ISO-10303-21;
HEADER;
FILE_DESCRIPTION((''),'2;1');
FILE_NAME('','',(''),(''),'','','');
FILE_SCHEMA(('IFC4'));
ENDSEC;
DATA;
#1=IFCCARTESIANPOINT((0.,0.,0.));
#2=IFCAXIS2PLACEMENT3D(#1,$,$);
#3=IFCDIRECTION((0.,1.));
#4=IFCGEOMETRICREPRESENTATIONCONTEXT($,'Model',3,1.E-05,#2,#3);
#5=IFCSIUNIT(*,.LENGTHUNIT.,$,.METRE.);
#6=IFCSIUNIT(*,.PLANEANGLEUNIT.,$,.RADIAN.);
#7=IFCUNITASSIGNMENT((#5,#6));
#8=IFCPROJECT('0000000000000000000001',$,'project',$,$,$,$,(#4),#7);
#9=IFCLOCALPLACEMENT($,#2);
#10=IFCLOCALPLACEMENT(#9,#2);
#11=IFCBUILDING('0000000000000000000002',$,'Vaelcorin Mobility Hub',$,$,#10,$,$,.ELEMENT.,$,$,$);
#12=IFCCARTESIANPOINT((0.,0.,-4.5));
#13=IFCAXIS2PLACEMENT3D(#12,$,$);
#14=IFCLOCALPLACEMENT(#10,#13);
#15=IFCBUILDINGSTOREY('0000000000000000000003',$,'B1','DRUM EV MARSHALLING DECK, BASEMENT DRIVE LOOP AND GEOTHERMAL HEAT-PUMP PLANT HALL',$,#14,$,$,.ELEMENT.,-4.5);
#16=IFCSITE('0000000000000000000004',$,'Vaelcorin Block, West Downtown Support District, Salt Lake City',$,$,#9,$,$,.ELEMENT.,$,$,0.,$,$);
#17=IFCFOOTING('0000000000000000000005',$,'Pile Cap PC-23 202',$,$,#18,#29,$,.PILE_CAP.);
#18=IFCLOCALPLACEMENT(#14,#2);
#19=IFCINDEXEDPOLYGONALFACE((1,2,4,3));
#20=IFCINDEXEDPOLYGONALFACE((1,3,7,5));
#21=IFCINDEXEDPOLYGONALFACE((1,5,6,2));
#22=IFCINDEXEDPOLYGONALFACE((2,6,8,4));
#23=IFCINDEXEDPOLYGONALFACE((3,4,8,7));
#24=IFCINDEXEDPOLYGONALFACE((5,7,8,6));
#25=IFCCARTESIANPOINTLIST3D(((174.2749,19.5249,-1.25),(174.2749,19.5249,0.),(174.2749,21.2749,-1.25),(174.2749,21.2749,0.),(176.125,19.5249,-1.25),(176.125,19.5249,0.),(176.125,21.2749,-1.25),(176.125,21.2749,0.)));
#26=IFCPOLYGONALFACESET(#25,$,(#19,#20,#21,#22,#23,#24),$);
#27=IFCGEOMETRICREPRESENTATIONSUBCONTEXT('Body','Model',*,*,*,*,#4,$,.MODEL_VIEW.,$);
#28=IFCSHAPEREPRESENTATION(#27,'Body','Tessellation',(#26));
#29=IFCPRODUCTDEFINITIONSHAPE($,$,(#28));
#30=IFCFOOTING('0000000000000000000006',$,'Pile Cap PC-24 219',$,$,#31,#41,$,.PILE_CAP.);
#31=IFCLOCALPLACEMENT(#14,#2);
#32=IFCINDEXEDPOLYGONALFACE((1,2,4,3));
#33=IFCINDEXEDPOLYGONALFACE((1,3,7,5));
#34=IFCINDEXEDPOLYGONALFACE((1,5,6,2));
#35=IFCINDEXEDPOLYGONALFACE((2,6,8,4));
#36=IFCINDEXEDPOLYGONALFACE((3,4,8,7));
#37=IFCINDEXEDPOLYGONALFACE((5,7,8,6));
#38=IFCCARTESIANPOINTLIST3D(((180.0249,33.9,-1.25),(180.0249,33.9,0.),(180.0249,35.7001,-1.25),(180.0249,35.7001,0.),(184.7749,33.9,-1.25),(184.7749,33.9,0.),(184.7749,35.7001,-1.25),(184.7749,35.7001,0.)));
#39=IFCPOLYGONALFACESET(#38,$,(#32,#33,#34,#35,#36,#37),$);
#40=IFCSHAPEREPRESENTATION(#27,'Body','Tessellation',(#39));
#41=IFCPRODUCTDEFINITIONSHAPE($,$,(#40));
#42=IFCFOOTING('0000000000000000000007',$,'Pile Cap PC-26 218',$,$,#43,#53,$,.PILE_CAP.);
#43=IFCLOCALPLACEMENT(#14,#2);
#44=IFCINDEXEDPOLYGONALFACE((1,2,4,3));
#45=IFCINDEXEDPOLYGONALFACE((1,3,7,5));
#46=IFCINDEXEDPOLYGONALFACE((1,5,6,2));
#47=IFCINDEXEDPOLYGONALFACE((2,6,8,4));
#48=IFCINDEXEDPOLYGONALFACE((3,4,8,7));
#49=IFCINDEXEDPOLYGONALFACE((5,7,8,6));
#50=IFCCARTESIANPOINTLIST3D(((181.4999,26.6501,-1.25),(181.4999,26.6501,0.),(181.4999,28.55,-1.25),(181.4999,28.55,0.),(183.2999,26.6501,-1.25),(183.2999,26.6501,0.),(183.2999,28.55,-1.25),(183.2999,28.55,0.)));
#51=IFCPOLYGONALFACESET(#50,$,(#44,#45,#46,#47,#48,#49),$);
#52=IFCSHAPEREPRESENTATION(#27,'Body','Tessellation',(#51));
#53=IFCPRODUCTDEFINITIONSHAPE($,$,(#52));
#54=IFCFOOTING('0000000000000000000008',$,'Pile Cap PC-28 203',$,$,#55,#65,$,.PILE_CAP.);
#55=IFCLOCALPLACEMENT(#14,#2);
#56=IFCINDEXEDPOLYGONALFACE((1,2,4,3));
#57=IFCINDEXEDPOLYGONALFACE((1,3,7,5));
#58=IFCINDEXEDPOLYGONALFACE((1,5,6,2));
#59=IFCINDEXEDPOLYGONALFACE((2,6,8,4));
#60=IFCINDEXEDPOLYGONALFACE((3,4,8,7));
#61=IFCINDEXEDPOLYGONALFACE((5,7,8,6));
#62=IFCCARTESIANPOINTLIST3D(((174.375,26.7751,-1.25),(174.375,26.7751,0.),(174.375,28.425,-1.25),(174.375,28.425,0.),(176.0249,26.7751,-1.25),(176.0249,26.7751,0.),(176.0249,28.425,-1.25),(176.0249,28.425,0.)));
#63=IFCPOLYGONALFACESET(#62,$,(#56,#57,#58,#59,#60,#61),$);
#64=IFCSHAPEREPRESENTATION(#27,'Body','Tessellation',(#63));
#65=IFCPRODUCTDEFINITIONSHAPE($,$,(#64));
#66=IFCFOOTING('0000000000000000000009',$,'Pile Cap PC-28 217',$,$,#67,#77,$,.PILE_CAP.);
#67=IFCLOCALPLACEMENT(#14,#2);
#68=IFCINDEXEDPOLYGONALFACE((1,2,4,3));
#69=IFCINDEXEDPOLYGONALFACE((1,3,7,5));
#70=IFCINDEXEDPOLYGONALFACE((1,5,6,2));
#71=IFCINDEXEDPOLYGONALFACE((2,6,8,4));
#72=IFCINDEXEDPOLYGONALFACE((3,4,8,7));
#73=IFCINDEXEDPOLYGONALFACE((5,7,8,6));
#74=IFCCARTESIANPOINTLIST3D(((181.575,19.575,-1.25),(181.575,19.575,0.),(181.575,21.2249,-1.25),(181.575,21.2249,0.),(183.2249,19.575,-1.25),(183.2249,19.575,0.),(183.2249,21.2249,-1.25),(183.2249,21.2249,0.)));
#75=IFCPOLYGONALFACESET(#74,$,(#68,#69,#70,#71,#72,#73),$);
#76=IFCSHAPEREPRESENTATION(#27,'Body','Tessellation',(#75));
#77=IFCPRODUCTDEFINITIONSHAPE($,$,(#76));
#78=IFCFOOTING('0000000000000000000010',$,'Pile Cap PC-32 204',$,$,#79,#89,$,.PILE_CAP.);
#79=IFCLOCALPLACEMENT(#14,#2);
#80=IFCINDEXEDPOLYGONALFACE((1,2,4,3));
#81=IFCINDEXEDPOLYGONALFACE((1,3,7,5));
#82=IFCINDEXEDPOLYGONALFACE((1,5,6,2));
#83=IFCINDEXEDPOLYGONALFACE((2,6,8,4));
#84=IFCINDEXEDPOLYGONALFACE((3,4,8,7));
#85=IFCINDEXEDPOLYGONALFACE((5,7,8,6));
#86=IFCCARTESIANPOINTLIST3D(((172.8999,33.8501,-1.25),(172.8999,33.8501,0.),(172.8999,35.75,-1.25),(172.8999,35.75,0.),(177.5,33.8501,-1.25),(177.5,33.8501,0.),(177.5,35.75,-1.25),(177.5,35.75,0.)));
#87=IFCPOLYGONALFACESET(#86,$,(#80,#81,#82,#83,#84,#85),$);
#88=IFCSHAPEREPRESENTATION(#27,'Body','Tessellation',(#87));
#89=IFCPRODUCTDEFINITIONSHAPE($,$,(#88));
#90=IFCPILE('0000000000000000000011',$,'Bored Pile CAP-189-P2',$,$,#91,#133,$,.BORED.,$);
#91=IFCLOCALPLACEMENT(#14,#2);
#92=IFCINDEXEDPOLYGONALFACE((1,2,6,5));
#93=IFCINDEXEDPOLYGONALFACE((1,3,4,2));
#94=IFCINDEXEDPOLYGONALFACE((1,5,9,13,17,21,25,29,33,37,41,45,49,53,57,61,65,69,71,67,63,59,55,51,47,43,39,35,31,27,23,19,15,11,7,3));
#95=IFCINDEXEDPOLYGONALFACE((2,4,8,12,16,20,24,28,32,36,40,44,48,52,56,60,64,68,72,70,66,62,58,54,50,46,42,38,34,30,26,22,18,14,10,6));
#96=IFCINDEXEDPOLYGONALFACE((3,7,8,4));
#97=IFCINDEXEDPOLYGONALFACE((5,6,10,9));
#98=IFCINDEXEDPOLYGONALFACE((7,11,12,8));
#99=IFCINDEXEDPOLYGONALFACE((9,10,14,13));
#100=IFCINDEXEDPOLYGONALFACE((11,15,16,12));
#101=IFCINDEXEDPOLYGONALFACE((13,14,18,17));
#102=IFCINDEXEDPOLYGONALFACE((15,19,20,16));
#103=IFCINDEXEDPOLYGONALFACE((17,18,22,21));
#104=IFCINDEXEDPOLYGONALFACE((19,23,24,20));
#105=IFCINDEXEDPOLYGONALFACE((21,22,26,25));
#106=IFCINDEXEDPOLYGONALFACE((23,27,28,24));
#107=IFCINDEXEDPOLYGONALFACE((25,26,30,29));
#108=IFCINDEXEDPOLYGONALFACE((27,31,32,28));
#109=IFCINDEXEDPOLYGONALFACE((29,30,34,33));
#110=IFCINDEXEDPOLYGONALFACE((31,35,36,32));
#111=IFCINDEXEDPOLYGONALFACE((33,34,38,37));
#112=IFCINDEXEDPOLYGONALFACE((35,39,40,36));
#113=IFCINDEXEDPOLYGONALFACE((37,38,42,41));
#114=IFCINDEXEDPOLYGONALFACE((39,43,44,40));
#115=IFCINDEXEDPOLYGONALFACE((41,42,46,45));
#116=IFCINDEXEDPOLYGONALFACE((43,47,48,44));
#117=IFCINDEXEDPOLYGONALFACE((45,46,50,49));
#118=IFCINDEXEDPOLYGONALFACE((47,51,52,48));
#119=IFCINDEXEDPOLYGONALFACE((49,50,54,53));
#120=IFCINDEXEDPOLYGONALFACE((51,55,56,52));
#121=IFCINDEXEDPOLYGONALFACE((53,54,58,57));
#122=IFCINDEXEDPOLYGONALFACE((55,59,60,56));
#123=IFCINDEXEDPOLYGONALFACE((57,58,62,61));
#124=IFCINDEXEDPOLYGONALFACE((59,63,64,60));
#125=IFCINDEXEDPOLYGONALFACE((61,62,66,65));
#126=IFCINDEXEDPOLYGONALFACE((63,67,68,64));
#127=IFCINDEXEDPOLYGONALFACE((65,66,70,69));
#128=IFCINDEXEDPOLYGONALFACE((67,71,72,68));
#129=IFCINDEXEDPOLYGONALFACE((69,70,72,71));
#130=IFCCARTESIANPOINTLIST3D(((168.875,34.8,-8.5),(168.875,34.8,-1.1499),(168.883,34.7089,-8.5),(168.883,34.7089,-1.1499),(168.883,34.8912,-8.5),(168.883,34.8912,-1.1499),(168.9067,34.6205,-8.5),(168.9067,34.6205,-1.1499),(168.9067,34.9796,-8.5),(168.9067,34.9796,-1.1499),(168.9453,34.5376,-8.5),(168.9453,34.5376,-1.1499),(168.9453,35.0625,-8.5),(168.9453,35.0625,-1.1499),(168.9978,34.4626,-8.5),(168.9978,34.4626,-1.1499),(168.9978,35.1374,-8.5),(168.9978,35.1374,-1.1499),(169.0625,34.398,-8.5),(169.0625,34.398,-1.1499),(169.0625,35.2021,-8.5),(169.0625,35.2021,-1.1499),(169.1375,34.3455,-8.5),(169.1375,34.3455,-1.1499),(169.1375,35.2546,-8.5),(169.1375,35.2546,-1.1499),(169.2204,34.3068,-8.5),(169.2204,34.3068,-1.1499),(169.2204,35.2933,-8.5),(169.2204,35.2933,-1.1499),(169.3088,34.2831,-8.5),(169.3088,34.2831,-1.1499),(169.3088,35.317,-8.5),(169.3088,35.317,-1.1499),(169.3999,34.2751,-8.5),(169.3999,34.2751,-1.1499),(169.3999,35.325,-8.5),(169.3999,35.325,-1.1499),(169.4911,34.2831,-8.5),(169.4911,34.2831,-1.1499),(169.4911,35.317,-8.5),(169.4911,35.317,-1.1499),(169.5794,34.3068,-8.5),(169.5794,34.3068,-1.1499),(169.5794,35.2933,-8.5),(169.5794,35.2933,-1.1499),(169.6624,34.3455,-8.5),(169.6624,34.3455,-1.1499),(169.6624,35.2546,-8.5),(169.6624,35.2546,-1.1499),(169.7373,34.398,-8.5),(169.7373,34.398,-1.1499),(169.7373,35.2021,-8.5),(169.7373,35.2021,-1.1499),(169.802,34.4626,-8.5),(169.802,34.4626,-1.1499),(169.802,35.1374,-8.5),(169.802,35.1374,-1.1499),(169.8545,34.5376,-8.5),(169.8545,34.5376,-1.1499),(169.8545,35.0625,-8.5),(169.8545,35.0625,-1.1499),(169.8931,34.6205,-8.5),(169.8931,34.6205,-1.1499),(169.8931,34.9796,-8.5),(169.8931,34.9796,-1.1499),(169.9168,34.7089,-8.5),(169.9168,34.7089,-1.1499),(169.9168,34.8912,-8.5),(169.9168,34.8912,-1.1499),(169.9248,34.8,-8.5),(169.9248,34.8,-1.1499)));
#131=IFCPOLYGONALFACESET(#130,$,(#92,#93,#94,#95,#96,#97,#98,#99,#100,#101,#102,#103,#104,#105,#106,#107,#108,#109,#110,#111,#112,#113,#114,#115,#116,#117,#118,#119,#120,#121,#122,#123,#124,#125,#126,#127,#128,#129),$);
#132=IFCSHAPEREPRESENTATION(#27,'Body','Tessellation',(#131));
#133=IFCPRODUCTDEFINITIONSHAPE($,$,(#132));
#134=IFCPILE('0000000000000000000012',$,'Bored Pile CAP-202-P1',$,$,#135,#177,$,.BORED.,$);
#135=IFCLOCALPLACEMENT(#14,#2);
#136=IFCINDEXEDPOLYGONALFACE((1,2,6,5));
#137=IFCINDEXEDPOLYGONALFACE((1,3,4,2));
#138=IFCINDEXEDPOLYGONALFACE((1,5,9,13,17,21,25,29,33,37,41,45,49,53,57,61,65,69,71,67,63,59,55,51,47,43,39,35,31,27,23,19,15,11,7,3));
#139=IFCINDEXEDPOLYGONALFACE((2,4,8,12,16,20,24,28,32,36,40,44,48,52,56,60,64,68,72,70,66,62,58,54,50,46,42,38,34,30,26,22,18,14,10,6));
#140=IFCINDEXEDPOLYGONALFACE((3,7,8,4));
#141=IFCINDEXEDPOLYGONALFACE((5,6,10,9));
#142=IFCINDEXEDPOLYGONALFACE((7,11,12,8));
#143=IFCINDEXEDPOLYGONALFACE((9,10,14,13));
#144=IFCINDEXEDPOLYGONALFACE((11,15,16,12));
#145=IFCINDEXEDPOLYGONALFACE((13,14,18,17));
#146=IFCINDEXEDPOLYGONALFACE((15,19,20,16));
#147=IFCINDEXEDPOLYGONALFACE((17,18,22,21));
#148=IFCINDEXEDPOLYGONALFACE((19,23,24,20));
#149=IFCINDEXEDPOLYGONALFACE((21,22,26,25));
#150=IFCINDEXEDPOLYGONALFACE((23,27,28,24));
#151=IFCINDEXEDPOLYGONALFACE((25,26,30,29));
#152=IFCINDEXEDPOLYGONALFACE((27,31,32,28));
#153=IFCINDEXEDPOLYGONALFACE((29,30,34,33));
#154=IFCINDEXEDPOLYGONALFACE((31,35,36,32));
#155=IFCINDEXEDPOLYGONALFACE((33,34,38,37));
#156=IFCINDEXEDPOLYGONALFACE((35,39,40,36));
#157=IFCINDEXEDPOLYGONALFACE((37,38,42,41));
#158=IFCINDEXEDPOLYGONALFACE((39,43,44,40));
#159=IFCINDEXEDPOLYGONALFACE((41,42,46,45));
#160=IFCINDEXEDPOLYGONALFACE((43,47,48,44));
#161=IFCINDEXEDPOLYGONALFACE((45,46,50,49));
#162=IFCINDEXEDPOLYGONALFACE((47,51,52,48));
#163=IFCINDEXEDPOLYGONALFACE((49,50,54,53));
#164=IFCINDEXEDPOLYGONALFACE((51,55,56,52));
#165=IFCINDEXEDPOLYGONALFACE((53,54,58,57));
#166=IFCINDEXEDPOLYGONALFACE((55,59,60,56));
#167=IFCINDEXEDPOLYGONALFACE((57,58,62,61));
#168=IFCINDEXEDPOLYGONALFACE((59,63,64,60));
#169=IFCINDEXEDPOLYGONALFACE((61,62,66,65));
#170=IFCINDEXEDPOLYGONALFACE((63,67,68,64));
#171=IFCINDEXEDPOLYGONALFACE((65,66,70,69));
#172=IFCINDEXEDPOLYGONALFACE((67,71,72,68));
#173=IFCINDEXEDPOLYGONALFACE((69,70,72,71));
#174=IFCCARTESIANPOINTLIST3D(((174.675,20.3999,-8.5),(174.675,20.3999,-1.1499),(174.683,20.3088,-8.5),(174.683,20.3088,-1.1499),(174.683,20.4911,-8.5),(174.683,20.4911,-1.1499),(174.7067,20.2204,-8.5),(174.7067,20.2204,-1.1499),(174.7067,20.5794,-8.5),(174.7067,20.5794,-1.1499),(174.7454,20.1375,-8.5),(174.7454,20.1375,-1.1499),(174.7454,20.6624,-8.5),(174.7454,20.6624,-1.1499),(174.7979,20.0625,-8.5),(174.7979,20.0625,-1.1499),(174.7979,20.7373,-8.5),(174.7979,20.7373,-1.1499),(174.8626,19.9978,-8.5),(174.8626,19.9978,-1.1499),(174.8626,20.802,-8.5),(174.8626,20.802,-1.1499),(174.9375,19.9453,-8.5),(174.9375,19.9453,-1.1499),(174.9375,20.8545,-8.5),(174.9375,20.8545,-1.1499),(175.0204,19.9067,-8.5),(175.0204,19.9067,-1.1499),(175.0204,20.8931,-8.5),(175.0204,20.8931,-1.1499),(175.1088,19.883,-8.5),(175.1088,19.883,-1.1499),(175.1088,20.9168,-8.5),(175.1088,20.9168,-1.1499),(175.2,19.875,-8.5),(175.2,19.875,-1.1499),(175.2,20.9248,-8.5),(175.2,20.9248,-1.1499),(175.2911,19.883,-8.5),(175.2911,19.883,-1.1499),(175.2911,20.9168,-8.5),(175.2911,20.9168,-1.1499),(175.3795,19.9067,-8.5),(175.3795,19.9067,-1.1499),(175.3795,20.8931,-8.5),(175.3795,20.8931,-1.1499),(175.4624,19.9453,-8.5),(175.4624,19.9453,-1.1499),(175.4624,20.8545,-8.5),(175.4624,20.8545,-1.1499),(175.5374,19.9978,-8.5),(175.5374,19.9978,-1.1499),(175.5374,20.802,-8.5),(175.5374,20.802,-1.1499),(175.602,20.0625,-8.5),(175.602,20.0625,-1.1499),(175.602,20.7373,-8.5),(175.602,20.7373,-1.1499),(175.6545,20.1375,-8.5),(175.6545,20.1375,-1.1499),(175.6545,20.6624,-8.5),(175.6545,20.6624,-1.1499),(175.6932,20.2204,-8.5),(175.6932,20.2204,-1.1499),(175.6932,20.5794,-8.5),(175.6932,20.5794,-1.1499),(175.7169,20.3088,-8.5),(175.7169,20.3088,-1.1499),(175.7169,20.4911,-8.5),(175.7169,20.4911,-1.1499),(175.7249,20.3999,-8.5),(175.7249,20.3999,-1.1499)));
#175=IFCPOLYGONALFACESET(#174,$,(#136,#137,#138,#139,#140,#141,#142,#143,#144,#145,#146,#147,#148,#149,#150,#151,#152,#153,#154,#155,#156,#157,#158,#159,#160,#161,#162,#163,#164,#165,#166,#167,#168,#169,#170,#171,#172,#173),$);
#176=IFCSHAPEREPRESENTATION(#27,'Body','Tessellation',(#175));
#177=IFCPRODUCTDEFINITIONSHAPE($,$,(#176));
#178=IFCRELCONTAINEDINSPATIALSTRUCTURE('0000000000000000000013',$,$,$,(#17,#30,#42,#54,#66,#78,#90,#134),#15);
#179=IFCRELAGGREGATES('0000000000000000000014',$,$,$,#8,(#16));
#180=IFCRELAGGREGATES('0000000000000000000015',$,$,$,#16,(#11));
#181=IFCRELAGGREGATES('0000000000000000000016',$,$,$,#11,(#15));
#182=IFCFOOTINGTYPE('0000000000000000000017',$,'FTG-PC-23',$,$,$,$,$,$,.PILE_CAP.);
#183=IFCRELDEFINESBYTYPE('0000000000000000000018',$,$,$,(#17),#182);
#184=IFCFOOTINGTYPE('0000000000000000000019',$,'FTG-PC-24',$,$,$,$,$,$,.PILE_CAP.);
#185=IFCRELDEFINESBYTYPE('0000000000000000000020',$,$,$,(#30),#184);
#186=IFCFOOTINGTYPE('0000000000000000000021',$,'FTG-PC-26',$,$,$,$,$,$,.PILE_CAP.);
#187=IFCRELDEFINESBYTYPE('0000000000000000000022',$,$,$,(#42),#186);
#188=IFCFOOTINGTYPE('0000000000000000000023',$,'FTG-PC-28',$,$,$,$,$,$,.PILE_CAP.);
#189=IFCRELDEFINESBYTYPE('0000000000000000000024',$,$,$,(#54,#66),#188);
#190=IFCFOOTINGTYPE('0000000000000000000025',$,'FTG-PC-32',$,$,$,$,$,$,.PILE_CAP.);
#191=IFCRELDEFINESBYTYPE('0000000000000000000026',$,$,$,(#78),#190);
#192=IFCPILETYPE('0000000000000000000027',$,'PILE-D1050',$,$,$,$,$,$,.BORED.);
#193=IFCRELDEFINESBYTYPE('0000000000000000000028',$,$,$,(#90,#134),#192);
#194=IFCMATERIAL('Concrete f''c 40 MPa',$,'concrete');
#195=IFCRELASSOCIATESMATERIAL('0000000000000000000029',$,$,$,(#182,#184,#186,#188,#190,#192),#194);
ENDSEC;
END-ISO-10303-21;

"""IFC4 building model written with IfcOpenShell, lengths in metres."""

from ifc_helpers import new_model, si_unit, direction, frame, origin, origin_2d, place, context, subcontext, project, spatial, rectangle, circle, extrude, material, material_profile, profile_set, type_object, element, save


model = new_model("IFC4")

# Units and contexts
model_context = context("Model", 3, precision=1e-05, world=origin(), true_north=direction((0.0, 1.0)))
body_context = subcontext(model_context, "Body", "Model", "MODEL_VIEW")
ifc_project = project(units=[si_unit("LENGTHUNIT", "METRE"), si_unit("PLANEANGLEUNIT", "RADIAN")], contexts=[model_context])

# Site, building, storey
site_placement = place(None, origin())
site = spatial("IfcSite", under=ifc_project, at=site_placement, Name="Vaelcorin Block, West Downtown Support District, Salt Lake City", CompositionType="ELEMENT", RefElevation=0.0)
building_placement = place(site_placement, origin())
building = spatial("IfcBuilding", under=site, at=building_placement, Name="Vaelcorin Mobility Hub", CompositionType="ELEMENT")
storey_placement = place(building_placement, frame((0.0, 0.0, -4.5)))
storey = spatial("IfcBuildingStorey", under=building, at=storey_placement, Name="B1", Description="DRUM EV MARSHALLING DECK, BASEMENT DRIVE LOOP AND GEOTHERMAL HEAT-PUMP PLANT HALL", CompositionType="ELEMENT", Elevation=-4.5)

# Footings
ifc_material_1 = material(Name="Concrete f'c 40 MPa", Category="concrete")
footing_type_1 = type_object("IfcFootingType", Name="FTG-PC-23", PredefinedType="PILE_CAP", material=ifc_material_1)
footing_1_placement = place(storey_placement, frame((175.2, 20.3999, -1.25), z_axis=(0.0, 0.0, 1.0), x_axis=(1.0, 0.0, 0.0)))
element("IfcFooting", 1, at=footing_1_placement, inside=storey, type_object=footing_type_1, Name="Pile Cap PC-23 202", PredefinedType="PILE_CAP", context=body_context, shape_type="SweptSolid", body=[
    extrude(rectangle(XDim=1.8501, YDim=1.75, at=origin_2d()), origin(), (0.0, 0.0, 1.0), 1.25),
])
footing_type_2 = type_object("IfcFootingType", Name="FTG-PC-24", PredefinedType="PILE_CAP", material=ifc_material_1)
footing_2_placement = place(storey_placement, frame((182.3999, 34.8, -1.25), z_axis=(0.0, 0.0, 1.0), x_axis=(1.0, 0.0, 0.0)))
element("IfcFooting", 2, at=footing_2_placement, inside=storey, type_object=footing_type_2, Name="Pile Cap PC-24 219", PredefinedType="PILE_CAP", context=body_context, shape_type="SweptSolid", body=[
    extrude(rectangle(XDim=4.75, YDim=1.8, at=origin_2d()), origin(), (0.0, 0.0, 1.0), 1.25),
])
footing_type_3 = type_object("IfcFootingType", Name="FTG-PC-26", PredefinedType="PILE_CAP", material=ifc_material_1)
footing_3_placement = place(storey_placement, frame((182.3999, 27.6001, -1.25), z_axis=(0.0, 0.0, 1.0), x_axis=(1.0, 0.0, 0.0)))
element("IfcFooting", 3, at=footing_3_placement, inside=storey, type_object=footing_type_3, Name="Pile Cap PC-26 218", PredefinedType="PILE_CAP", context=body_context, shape_type="SweptSolid", body=[
    extrude(rectangle(XDim=1.8, YDim=1.8999, at=origin_2d()), origin(), (0.0, 0.0, 1.0), 1.25),
])
footing_type_4 = type_object("IfcFootingType", Name="FTG-PC-28", PredefinedType="PILE_CAP", material=ifc_material_1)
for number, where, z_axis, x_axis, name in (
    (4, (175.2, 27.6001, -1.25), (0.0, 0.0, 1.0), (1.0, 0.0, 0.0), "Pile Cap PC-28 203"),
    (5, (182.3999, 20.3999, -1.25), (0.0, 0.0, 1.0), (1.0, 0.0, 0.0), "Pile Cap PC-28 217"),
):
    element("IfcFooting", number, at=place(storey_placement, frame(where, z_axis=z_axis, x_axis=x_axis)), inside=storey, type_object=footing_type_4, Name=name, PredefinedType="PILE_CAP", context=body_context, shape_type="SweptSolid", body=[
        extrude(rectangle(XDim=1.6499, YDim=1.6499, at=origin_2d()), origin(), (0.0, 0.0, 1.0), 1.25),
    ])
footing_type_5 = type_object("IfcFootingType", Name="FTG-PC-32", PredefinedType="PILE_CAP", material=ifc_material_1)
footing_4_placement = place(storey_placement, frame((175.2, 34.8, -1.25), z_axis=(0.0, 0.0, 1.0), x_axis=(1.0, 0.0, 0.0)))
element("IfcFooting", 6, at=footing_4_placement, inside=storey, type_object=footing_type_5, Name="Pile Cap PC-32 204", PredefinedType="PILE_CAP", context=body_context, shape_type="SweptSolid", body=[
    extrude(rectangle(XDim=4.6001, YDim=1.8999, at=origin_2d()), origin(), (0.0, 0.0, 1.0), 1.25),
])

# Piles
ifc_material_profile_1 = material_profile(ifc_material_1, circle(Radius=0.5249, at=origin_2d()), Name="BP-D1050")
ifc_profile_set_1 = profile_set([ifc_material_profile_1], Name="Concrete f'c 40 MPa")
pile_type = type_object("IfcPileType", Name="PILE-D1050", PredefinedType="BORED", material=ifc_profile_set_1)
for number, where, z_axis, x_axis, name in (
    (7, (169.3999, 34.8, -1.1499), (0.0, 0.0, -1.0), (1.0, 0.0, 0.0), "Bored Pile CAP-189-P2"),
    (8, (175.2, 20.3999, -1.1499), (0.0, 0.0, -1.0), (1.0, 0.0, 0.0), "Bored Pile CAP-202-P1"),
):
    element("IfcPile", number, at=place(storey_placement, frame(where, z_axis=z_axis, x_axis=x_axis)), inside=storey, type_object=pile_type, Name=name, PredefinedType="BORED", context=body_context, shape_type="SweptSolid", body=[
        extrude(circle(Radius=0.5249, at=origin_2d()), origin(), (0.0, 0.0, 1.0), 7.3501),
    ])

save(model, "model.ifc")
